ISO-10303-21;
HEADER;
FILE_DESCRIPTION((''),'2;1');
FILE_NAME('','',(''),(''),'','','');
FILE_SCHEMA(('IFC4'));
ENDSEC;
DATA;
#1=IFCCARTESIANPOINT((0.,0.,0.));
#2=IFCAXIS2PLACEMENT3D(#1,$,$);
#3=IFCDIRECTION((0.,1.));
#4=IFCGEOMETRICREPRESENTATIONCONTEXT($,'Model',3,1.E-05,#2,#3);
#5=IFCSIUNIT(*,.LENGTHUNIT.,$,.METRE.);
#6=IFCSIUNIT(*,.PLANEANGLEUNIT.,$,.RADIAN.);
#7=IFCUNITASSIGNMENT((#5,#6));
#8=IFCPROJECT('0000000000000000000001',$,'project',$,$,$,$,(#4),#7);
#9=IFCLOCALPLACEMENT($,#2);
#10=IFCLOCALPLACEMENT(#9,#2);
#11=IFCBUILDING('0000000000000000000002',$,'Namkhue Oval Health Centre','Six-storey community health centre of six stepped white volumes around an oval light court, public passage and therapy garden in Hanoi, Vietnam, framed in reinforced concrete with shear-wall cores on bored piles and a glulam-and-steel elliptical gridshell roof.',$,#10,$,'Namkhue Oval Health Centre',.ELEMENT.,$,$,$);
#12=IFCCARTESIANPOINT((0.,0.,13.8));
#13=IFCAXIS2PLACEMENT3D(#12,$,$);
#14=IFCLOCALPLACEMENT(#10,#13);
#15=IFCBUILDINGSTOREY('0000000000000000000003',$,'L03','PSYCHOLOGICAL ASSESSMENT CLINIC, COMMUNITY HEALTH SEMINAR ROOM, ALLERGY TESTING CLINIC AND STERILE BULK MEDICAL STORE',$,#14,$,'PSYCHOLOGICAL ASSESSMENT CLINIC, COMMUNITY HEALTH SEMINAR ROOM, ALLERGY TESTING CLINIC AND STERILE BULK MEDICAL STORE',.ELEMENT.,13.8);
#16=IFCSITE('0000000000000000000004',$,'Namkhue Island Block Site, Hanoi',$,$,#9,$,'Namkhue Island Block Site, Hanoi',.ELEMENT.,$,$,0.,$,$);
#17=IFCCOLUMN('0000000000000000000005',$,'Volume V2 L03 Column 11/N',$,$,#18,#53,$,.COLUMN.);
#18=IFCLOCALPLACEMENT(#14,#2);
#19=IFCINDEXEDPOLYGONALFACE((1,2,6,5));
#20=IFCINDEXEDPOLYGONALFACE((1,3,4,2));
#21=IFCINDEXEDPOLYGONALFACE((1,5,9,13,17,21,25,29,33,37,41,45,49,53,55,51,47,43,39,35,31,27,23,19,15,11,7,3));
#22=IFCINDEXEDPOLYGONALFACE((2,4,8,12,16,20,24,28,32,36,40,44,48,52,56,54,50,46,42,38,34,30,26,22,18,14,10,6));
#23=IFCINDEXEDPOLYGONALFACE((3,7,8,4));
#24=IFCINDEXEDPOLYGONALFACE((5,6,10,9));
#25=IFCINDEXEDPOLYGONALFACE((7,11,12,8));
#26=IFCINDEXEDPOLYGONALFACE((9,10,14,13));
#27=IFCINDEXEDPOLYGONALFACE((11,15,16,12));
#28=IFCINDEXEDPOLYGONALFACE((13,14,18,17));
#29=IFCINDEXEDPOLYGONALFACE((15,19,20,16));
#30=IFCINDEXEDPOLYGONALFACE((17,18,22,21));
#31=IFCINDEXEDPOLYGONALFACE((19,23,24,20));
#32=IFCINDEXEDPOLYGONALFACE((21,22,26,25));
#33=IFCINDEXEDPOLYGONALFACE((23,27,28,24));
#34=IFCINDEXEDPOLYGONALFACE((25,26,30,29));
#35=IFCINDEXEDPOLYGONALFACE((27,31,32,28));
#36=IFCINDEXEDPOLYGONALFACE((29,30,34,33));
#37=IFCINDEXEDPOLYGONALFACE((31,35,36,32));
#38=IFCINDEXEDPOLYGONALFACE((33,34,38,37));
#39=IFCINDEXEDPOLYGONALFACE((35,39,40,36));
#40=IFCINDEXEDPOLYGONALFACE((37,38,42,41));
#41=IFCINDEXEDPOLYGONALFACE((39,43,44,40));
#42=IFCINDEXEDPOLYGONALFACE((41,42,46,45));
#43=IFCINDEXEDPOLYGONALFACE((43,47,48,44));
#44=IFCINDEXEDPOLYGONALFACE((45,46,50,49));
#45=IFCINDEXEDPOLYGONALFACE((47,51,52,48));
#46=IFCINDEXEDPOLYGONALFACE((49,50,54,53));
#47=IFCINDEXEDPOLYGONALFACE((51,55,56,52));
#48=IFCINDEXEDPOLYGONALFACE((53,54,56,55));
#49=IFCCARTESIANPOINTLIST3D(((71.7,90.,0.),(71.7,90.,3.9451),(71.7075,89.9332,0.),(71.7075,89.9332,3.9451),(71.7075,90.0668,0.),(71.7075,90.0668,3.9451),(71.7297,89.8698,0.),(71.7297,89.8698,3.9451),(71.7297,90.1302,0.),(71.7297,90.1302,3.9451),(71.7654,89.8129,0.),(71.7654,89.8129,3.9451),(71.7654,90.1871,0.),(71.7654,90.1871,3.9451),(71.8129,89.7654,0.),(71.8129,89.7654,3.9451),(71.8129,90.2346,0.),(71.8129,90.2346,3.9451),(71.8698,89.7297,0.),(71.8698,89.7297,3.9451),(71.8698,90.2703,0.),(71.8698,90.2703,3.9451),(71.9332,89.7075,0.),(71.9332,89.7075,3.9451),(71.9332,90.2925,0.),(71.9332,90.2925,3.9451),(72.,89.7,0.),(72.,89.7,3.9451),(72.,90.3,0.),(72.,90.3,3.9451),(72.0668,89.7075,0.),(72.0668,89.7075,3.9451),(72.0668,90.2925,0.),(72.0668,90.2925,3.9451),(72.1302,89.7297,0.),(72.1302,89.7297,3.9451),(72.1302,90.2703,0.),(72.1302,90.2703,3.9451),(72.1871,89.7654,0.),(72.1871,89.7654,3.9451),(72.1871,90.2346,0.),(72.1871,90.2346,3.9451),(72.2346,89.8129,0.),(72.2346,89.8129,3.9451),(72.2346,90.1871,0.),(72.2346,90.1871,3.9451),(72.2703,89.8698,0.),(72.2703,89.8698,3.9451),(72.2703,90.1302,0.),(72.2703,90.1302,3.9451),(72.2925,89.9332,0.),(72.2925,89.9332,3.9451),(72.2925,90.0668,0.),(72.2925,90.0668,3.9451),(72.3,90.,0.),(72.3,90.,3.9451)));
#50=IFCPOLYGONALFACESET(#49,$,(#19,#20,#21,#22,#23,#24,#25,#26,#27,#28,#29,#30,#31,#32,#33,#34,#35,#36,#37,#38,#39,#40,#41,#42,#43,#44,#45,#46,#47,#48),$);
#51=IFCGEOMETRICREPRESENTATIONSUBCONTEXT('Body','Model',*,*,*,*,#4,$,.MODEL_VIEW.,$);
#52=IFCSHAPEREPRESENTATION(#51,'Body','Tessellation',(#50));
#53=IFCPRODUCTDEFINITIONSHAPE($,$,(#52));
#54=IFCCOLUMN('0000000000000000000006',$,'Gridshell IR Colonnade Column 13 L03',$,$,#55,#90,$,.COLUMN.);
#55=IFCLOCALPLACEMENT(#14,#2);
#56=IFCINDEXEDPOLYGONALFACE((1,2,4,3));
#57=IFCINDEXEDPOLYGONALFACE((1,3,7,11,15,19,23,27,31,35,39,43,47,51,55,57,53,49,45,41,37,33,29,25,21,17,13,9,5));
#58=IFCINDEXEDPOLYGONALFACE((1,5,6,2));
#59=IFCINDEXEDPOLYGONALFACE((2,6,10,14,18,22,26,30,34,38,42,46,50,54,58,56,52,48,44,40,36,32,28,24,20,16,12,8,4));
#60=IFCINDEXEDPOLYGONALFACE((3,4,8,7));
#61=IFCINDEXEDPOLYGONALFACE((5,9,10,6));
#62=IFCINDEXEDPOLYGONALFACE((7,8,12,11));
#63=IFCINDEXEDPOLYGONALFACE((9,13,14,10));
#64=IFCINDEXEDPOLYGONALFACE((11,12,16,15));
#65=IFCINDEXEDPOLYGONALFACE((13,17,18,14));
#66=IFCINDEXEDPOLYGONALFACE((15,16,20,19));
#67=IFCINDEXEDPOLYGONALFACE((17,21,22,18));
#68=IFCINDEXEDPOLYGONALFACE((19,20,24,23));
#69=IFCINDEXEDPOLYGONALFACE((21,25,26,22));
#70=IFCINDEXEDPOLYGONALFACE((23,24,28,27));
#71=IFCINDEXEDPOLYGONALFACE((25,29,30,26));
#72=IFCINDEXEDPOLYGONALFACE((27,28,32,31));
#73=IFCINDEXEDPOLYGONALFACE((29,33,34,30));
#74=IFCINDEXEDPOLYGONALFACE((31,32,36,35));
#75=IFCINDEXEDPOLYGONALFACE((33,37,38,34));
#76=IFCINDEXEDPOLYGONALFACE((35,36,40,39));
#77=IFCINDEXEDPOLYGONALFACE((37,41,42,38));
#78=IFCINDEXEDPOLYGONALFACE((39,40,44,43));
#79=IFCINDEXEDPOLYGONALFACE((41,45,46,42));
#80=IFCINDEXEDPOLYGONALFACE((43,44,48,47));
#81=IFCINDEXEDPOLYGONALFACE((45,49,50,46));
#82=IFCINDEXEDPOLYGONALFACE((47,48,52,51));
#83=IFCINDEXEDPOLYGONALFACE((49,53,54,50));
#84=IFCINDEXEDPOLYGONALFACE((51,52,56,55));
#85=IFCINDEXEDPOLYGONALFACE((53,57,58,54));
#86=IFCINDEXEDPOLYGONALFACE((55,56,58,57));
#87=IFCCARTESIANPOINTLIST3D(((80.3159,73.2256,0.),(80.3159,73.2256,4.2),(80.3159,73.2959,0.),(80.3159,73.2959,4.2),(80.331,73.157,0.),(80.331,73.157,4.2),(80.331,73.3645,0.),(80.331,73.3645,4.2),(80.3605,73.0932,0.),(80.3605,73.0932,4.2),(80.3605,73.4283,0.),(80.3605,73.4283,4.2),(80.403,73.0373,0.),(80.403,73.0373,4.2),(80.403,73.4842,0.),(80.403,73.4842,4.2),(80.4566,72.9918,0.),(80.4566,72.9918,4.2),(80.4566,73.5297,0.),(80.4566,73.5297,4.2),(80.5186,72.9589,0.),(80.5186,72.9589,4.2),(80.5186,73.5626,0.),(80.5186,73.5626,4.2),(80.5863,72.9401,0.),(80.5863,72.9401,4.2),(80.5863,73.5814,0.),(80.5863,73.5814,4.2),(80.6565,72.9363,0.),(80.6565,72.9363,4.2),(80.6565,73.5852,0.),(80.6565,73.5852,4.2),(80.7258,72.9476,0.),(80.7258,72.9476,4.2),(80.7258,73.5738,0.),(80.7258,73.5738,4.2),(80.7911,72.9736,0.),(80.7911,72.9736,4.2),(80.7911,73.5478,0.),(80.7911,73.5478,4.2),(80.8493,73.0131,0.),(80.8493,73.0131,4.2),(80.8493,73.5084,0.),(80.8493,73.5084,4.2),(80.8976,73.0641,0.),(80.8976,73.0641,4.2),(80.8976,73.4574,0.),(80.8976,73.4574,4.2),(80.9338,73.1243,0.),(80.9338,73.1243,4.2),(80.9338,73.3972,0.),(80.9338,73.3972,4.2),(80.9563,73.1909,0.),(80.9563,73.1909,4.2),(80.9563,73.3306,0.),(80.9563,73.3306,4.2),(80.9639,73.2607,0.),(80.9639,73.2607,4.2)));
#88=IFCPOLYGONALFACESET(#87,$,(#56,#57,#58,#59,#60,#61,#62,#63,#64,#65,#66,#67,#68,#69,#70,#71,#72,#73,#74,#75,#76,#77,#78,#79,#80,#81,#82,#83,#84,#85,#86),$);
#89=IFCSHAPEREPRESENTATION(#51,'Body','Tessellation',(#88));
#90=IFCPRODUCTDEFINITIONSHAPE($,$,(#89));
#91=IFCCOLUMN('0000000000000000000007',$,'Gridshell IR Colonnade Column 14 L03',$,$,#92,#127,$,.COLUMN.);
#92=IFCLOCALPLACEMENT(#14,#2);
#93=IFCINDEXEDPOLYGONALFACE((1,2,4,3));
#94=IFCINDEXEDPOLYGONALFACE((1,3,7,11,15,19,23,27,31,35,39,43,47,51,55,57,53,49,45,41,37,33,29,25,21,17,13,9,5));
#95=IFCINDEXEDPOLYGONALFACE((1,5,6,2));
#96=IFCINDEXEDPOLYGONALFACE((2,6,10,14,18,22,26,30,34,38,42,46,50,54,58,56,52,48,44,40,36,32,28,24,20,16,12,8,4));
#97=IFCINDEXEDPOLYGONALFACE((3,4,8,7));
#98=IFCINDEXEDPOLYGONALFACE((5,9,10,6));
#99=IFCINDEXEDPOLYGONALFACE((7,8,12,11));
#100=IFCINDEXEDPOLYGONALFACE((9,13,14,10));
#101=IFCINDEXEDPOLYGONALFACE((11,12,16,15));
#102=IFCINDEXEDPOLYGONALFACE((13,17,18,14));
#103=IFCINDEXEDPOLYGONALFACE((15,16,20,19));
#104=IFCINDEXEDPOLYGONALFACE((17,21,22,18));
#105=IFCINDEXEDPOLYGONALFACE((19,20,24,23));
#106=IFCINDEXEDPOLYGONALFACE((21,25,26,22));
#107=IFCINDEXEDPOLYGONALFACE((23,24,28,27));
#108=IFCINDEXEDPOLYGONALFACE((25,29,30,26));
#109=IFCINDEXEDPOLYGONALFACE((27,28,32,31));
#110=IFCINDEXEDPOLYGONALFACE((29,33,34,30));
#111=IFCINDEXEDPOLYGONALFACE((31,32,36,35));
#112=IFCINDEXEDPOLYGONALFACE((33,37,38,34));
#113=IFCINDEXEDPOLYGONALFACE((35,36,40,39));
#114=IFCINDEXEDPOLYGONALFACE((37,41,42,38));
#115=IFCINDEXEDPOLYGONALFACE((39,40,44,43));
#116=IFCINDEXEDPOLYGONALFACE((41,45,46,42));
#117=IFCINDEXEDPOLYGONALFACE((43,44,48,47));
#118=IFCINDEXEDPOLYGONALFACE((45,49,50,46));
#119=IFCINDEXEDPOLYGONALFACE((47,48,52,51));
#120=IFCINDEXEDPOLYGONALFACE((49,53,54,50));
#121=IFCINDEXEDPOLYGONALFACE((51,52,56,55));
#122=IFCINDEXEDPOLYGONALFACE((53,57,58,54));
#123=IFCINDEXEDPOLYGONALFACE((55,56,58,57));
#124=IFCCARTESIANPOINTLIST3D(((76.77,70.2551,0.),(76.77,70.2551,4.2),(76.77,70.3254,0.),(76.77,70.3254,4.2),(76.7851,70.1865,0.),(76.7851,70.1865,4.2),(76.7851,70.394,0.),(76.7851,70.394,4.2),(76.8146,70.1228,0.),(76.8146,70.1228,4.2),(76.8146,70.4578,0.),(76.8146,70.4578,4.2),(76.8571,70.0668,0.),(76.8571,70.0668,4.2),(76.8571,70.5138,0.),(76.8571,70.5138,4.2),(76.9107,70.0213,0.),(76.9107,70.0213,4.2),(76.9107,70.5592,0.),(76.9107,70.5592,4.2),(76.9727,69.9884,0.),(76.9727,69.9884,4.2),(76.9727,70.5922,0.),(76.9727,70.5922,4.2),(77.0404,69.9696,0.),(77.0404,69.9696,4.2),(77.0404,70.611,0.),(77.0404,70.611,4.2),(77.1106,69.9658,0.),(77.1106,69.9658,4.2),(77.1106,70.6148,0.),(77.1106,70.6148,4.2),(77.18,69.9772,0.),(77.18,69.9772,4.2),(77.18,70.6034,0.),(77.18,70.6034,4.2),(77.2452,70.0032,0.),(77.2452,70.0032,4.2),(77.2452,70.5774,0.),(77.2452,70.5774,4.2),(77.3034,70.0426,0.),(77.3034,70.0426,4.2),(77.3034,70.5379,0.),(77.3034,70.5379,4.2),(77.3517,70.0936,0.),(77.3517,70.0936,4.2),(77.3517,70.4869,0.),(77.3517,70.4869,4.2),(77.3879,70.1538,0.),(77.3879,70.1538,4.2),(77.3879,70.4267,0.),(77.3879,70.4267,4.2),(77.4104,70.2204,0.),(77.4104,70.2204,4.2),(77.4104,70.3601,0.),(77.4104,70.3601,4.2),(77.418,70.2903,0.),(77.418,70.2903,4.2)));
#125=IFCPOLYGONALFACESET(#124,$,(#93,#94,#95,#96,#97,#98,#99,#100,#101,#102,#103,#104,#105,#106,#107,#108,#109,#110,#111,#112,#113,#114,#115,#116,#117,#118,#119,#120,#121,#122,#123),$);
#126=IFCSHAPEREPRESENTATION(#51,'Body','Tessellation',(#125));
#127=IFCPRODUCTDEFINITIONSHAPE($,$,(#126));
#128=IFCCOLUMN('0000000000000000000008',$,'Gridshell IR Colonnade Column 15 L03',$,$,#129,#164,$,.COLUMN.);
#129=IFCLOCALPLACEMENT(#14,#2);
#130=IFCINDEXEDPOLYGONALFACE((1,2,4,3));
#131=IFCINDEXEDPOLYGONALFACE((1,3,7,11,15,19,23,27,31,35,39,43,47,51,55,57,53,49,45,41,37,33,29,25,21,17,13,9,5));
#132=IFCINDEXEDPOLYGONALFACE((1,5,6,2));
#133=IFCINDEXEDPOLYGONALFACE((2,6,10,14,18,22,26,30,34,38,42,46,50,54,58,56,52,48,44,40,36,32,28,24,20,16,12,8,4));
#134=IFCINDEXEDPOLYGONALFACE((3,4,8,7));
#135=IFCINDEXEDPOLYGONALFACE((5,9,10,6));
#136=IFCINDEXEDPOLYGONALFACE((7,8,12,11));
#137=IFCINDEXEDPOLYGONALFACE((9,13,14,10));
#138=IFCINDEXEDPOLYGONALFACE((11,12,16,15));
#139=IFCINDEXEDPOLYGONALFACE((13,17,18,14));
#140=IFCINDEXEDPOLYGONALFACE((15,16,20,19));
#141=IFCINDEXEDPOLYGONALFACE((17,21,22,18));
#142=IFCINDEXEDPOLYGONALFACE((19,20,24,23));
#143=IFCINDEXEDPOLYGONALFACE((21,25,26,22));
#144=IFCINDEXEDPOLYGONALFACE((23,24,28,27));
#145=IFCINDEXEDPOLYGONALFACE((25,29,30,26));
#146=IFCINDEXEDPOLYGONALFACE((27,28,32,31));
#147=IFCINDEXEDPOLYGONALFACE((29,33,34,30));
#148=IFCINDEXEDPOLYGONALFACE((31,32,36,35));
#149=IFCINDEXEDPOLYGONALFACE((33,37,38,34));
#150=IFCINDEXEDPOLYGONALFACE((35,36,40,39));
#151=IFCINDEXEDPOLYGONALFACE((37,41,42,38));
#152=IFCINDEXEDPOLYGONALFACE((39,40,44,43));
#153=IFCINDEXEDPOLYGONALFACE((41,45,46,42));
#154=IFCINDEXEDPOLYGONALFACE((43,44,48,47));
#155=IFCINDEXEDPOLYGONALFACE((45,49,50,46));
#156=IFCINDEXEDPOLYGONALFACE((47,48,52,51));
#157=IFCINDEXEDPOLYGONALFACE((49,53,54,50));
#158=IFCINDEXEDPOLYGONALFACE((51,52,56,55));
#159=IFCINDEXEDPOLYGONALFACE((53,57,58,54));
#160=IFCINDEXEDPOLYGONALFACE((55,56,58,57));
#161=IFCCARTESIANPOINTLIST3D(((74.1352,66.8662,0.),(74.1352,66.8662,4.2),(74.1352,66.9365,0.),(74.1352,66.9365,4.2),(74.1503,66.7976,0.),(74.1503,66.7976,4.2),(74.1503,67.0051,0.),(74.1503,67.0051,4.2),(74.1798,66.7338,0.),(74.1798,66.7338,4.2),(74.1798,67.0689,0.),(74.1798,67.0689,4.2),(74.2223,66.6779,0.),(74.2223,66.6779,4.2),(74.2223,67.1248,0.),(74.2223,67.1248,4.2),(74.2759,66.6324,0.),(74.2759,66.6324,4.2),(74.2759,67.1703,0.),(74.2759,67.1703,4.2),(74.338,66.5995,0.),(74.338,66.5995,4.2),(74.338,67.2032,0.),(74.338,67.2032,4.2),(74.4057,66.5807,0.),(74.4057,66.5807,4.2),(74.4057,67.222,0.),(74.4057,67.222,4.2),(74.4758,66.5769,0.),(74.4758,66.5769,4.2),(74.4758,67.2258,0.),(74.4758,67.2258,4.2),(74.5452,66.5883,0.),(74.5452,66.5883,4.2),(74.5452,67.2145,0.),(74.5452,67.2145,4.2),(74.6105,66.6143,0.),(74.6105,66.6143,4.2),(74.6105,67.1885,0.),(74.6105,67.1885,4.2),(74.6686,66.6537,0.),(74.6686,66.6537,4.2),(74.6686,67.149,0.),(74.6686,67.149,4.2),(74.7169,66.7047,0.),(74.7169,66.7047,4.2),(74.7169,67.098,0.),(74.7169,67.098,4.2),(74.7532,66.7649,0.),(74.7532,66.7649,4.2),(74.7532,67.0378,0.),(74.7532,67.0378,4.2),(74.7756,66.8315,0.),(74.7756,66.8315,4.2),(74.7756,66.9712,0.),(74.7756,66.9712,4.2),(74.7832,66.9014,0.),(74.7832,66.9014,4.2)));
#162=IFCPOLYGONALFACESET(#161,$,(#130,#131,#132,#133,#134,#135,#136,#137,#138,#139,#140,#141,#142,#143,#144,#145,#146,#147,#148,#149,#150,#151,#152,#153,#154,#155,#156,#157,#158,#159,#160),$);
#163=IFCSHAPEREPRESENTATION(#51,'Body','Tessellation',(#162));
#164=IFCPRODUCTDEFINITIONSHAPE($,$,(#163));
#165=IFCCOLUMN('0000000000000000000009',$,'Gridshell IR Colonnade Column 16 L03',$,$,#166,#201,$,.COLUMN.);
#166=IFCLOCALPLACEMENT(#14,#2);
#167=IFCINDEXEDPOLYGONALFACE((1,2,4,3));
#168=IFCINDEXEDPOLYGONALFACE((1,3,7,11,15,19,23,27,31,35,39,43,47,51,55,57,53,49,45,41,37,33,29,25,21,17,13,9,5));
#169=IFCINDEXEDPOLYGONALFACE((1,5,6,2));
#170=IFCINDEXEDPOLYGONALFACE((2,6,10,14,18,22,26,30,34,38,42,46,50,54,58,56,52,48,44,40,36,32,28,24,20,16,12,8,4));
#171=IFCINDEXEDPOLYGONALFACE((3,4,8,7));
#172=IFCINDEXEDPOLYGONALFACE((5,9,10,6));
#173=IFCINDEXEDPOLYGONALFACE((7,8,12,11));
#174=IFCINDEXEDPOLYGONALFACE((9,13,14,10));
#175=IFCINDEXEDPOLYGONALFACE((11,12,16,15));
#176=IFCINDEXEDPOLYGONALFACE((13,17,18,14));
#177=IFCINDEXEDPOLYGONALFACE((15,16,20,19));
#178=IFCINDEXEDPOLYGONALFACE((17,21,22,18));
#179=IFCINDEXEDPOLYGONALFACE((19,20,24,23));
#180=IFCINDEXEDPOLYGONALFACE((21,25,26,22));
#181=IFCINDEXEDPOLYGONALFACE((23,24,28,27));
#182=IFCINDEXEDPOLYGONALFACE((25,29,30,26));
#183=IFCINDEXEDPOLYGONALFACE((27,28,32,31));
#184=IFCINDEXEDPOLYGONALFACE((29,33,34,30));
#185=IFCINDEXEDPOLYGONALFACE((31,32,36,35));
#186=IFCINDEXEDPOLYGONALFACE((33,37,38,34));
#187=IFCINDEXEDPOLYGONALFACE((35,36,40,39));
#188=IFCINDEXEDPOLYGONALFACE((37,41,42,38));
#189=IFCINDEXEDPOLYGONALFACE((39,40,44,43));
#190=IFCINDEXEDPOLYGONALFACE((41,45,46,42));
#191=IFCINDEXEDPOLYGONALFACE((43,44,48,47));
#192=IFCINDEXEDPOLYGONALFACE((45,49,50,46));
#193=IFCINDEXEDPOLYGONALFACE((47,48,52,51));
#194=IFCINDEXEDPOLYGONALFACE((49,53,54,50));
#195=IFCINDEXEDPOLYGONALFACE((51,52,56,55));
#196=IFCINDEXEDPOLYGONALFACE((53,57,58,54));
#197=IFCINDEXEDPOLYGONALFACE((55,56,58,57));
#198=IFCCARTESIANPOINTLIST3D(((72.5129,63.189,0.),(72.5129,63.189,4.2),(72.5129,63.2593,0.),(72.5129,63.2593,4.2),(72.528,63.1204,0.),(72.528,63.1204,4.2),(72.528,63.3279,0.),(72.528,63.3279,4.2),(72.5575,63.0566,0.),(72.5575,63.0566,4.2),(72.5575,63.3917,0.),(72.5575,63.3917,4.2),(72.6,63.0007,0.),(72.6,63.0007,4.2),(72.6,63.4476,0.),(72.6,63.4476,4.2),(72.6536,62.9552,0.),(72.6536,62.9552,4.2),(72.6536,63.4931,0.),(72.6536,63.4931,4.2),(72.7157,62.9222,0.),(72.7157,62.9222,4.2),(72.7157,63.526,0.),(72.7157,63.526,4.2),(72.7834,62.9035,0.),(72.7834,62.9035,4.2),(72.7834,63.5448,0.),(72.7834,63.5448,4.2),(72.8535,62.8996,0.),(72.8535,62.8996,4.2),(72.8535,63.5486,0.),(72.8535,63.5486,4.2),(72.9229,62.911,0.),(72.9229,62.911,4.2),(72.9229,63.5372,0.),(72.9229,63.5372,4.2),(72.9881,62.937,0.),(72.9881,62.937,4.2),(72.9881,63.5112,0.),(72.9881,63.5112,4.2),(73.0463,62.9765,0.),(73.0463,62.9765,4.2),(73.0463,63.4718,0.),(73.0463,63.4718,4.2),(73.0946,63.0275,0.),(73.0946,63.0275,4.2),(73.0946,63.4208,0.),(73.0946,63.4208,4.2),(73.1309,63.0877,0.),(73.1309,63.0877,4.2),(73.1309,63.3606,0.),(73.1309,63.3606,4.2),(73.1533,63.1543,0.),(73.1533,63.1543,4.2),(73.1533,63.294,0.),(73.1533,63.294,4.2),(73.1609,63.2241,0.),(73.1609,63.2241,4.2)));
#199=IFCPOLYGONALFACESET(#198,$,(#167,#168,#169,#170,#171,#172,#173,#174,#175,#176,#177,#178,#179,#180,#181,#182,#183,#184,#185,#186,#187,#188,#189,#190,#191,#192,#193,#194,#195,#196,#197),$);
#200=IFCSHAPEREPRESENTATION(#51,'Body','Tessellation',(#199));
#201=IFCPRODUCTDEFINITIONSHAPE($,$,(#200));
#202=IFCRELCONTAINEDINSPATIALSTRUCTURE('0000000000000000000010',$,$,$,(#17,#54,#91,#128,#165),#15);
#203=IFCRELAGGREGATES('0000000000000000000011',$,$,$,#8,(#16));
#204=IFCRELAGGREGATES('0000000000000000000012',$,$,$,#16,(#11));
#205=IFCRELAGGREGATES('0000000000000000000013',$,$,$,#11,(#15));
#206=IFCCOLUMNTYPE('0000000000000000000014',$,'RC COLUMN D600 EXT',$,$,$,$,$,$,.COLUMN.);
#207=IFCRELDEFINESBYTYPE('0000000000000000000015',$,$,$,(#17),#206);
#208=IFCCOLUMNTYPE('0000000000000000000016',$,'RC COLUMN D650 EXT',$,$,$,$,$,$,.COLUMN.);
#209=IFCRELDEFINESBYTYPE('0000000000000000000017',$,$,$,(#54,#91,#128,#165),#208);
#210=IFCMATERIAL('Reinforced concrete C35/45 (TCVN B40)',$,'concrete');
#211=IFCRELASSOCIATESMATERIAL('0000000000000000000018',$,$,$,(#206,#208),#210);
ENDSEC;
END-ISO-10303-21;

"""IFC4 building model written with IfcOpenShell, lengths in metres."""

from ifc_helpers import new_model, si_unit, direction, frame, origin, origin_2d, place, context, subcontext, project, spatial, circle, extrude, material, material_profile, profile_set, type_object, element, save


model = new_model("IFC4")

# Units and contexts
model_context = context("Model", 3, precision=1e-05, world=origin(), true_north=direction((0.0, 1.0)))
body_context = subcontext(model_context, "Body", "Model", "MODEL_VIEW")
ifc_project = project(units=[si_unit("LENGTHUNIT", "METRE"), si_unit("PLANEANGLEUNIT", "RADIAN")], contexts=[model_context])

# Site, building, storey
site_placement = place(None, origin())
site = spatial("IfcSite", under=ifc_project, at=site_placement, Name="Namkhue Island Block Site, Hanoi", LongName="Namkhue Island Block Site, Hanoi", CompositionType="ELEMENT", RefElevation=0.0)
building_placement = place(site_placement, origin())
building = spatial("IfcBuilding", under=site, at=building_placement, Name="Namkhue Oval Health Centre", Description="Six-storey community health centre of six stepped white volumes around an oval light court, public passage and therapy garden in Hanoi, Vietnam, framed in reinforced concrete with shear-wall cores on bored piles and a glulam-and-steel elliptical gridshell roof.", LongName="Namkhue Oval Health Centre", CompositionType="ELEMENT")
storey_placement = place(building_placement, frame((0.0, 0.0, 13.8)))
storey = spatial("IfcBuildingStorey", under=building, at=storey_placement, Name="L03", Description="PSYCHOLOGICAL ASSESSMENT CLINIC, COMMUNITY HEALTH SEMINAR ROOM, ALLERGY TESTING CLINIC AND STERILE BULK MEDICAL STORE", LongName="PSYCHOLOGICAL ASSESSMENT CLINIC, COMMUNITY HEALTH SEMINAR ROOM, ALLERGY TESTING CLINIC AND STERILE BULK MEDICAL STORE", CompositionType="ELEMENT", Elevation=13.8)

# Columns
ifc_material_1 = material(Name="Reinforced concrete C35/45 (TCVN B40)", Category="concrete")
ifc_material_profile_1 = material_profile(ifc_material_1, circle(Radius=0.3, at=origin_2d()), Name="RC D600")
ifc_profile_set_1 = profile_set([ifc_material_profile_1], Name="Reinforced concrete C35/45 (TCVN B40)")
column_type_1 = type_object("IfcColumnType", Name="RC COLUMN D600 EXT", PredefinedType="COLUMN", material=ifc_profile_set_1)
column_placement = place(storey_placement, frame((72.0, 90.0, 0.0), z_axis=(0.0, 0.0, 1.0), x_axis=(1.0, 0.0, 0.0)))
element("IfcColumn", 1, at=column_placement, inside=storey, type_object=column_type_1, Name="Volume V2 L03 Column 11/N", PredefinedType="COLUMN", context=body_context, shape_type="SweptSolid", body=[
    extrude(circle(Radius=0.3, at=origin_2d()), origin(), (0.0, 0.0, 1.0), 3.9451),
])
ifc_material_profile_2 = material_profile(ifc_material_1, circle(Radius=0.325, at=origin_2d()), Name="RC D650")
ifc_profile_set_2 = profile_set([ifc_material_profile_2], Name="Reinforced concrete C35/45 (TCVN B40)")
column_type_2 = type_object("IfcColumnType", Name="RC COLUMN D650 EXT", PredefinedType="COLUMN", material=ifc_profile_set_2)
for number, where, z_axis, x_axis, name in (
    (2, (80.6389, 73.2607, 0.0), (0.0, 0.0, 1.0), (1.0, 0.0, 0.0), "Gridshell IR Colonnade Column 13 L03"),
    (3, (77.093, 70.2903, 0.0), (0.0, 0.0, 1.0), (1.0, 0.0, 0.0), "Gridshell IR Colonnade Column 14 L03"),
    (4, (74.4583, 66.9014, 0.0), (0.0, 0.0, 1.0), (1.0, 0.0, 0.0), "Gridshell IR Colonnade Column 15 L03"),
    (5, (72.8359, 63.2241, 0.0), (0.0, 0.0, 1.0), (1.0, 0.0, 0.0), "Gridshell IR Colonnade Column 16 L03"),
):
    element("IfcColumn", number, at=place(storey_placement, frame(where, z_axis=z_axis, x_axis=x_axis)), inside=storey, type_object=column_type_2, Name=name, PredefinedType="COLUMN", context=body_context, shape_type="SweptSolid", body=[
        extrude(circle(Radius=0.325, at=origin_2d()), origin(), (0.0, 0.0, 1.0), 4.2),
    ])

save(model, "model.ifc")
